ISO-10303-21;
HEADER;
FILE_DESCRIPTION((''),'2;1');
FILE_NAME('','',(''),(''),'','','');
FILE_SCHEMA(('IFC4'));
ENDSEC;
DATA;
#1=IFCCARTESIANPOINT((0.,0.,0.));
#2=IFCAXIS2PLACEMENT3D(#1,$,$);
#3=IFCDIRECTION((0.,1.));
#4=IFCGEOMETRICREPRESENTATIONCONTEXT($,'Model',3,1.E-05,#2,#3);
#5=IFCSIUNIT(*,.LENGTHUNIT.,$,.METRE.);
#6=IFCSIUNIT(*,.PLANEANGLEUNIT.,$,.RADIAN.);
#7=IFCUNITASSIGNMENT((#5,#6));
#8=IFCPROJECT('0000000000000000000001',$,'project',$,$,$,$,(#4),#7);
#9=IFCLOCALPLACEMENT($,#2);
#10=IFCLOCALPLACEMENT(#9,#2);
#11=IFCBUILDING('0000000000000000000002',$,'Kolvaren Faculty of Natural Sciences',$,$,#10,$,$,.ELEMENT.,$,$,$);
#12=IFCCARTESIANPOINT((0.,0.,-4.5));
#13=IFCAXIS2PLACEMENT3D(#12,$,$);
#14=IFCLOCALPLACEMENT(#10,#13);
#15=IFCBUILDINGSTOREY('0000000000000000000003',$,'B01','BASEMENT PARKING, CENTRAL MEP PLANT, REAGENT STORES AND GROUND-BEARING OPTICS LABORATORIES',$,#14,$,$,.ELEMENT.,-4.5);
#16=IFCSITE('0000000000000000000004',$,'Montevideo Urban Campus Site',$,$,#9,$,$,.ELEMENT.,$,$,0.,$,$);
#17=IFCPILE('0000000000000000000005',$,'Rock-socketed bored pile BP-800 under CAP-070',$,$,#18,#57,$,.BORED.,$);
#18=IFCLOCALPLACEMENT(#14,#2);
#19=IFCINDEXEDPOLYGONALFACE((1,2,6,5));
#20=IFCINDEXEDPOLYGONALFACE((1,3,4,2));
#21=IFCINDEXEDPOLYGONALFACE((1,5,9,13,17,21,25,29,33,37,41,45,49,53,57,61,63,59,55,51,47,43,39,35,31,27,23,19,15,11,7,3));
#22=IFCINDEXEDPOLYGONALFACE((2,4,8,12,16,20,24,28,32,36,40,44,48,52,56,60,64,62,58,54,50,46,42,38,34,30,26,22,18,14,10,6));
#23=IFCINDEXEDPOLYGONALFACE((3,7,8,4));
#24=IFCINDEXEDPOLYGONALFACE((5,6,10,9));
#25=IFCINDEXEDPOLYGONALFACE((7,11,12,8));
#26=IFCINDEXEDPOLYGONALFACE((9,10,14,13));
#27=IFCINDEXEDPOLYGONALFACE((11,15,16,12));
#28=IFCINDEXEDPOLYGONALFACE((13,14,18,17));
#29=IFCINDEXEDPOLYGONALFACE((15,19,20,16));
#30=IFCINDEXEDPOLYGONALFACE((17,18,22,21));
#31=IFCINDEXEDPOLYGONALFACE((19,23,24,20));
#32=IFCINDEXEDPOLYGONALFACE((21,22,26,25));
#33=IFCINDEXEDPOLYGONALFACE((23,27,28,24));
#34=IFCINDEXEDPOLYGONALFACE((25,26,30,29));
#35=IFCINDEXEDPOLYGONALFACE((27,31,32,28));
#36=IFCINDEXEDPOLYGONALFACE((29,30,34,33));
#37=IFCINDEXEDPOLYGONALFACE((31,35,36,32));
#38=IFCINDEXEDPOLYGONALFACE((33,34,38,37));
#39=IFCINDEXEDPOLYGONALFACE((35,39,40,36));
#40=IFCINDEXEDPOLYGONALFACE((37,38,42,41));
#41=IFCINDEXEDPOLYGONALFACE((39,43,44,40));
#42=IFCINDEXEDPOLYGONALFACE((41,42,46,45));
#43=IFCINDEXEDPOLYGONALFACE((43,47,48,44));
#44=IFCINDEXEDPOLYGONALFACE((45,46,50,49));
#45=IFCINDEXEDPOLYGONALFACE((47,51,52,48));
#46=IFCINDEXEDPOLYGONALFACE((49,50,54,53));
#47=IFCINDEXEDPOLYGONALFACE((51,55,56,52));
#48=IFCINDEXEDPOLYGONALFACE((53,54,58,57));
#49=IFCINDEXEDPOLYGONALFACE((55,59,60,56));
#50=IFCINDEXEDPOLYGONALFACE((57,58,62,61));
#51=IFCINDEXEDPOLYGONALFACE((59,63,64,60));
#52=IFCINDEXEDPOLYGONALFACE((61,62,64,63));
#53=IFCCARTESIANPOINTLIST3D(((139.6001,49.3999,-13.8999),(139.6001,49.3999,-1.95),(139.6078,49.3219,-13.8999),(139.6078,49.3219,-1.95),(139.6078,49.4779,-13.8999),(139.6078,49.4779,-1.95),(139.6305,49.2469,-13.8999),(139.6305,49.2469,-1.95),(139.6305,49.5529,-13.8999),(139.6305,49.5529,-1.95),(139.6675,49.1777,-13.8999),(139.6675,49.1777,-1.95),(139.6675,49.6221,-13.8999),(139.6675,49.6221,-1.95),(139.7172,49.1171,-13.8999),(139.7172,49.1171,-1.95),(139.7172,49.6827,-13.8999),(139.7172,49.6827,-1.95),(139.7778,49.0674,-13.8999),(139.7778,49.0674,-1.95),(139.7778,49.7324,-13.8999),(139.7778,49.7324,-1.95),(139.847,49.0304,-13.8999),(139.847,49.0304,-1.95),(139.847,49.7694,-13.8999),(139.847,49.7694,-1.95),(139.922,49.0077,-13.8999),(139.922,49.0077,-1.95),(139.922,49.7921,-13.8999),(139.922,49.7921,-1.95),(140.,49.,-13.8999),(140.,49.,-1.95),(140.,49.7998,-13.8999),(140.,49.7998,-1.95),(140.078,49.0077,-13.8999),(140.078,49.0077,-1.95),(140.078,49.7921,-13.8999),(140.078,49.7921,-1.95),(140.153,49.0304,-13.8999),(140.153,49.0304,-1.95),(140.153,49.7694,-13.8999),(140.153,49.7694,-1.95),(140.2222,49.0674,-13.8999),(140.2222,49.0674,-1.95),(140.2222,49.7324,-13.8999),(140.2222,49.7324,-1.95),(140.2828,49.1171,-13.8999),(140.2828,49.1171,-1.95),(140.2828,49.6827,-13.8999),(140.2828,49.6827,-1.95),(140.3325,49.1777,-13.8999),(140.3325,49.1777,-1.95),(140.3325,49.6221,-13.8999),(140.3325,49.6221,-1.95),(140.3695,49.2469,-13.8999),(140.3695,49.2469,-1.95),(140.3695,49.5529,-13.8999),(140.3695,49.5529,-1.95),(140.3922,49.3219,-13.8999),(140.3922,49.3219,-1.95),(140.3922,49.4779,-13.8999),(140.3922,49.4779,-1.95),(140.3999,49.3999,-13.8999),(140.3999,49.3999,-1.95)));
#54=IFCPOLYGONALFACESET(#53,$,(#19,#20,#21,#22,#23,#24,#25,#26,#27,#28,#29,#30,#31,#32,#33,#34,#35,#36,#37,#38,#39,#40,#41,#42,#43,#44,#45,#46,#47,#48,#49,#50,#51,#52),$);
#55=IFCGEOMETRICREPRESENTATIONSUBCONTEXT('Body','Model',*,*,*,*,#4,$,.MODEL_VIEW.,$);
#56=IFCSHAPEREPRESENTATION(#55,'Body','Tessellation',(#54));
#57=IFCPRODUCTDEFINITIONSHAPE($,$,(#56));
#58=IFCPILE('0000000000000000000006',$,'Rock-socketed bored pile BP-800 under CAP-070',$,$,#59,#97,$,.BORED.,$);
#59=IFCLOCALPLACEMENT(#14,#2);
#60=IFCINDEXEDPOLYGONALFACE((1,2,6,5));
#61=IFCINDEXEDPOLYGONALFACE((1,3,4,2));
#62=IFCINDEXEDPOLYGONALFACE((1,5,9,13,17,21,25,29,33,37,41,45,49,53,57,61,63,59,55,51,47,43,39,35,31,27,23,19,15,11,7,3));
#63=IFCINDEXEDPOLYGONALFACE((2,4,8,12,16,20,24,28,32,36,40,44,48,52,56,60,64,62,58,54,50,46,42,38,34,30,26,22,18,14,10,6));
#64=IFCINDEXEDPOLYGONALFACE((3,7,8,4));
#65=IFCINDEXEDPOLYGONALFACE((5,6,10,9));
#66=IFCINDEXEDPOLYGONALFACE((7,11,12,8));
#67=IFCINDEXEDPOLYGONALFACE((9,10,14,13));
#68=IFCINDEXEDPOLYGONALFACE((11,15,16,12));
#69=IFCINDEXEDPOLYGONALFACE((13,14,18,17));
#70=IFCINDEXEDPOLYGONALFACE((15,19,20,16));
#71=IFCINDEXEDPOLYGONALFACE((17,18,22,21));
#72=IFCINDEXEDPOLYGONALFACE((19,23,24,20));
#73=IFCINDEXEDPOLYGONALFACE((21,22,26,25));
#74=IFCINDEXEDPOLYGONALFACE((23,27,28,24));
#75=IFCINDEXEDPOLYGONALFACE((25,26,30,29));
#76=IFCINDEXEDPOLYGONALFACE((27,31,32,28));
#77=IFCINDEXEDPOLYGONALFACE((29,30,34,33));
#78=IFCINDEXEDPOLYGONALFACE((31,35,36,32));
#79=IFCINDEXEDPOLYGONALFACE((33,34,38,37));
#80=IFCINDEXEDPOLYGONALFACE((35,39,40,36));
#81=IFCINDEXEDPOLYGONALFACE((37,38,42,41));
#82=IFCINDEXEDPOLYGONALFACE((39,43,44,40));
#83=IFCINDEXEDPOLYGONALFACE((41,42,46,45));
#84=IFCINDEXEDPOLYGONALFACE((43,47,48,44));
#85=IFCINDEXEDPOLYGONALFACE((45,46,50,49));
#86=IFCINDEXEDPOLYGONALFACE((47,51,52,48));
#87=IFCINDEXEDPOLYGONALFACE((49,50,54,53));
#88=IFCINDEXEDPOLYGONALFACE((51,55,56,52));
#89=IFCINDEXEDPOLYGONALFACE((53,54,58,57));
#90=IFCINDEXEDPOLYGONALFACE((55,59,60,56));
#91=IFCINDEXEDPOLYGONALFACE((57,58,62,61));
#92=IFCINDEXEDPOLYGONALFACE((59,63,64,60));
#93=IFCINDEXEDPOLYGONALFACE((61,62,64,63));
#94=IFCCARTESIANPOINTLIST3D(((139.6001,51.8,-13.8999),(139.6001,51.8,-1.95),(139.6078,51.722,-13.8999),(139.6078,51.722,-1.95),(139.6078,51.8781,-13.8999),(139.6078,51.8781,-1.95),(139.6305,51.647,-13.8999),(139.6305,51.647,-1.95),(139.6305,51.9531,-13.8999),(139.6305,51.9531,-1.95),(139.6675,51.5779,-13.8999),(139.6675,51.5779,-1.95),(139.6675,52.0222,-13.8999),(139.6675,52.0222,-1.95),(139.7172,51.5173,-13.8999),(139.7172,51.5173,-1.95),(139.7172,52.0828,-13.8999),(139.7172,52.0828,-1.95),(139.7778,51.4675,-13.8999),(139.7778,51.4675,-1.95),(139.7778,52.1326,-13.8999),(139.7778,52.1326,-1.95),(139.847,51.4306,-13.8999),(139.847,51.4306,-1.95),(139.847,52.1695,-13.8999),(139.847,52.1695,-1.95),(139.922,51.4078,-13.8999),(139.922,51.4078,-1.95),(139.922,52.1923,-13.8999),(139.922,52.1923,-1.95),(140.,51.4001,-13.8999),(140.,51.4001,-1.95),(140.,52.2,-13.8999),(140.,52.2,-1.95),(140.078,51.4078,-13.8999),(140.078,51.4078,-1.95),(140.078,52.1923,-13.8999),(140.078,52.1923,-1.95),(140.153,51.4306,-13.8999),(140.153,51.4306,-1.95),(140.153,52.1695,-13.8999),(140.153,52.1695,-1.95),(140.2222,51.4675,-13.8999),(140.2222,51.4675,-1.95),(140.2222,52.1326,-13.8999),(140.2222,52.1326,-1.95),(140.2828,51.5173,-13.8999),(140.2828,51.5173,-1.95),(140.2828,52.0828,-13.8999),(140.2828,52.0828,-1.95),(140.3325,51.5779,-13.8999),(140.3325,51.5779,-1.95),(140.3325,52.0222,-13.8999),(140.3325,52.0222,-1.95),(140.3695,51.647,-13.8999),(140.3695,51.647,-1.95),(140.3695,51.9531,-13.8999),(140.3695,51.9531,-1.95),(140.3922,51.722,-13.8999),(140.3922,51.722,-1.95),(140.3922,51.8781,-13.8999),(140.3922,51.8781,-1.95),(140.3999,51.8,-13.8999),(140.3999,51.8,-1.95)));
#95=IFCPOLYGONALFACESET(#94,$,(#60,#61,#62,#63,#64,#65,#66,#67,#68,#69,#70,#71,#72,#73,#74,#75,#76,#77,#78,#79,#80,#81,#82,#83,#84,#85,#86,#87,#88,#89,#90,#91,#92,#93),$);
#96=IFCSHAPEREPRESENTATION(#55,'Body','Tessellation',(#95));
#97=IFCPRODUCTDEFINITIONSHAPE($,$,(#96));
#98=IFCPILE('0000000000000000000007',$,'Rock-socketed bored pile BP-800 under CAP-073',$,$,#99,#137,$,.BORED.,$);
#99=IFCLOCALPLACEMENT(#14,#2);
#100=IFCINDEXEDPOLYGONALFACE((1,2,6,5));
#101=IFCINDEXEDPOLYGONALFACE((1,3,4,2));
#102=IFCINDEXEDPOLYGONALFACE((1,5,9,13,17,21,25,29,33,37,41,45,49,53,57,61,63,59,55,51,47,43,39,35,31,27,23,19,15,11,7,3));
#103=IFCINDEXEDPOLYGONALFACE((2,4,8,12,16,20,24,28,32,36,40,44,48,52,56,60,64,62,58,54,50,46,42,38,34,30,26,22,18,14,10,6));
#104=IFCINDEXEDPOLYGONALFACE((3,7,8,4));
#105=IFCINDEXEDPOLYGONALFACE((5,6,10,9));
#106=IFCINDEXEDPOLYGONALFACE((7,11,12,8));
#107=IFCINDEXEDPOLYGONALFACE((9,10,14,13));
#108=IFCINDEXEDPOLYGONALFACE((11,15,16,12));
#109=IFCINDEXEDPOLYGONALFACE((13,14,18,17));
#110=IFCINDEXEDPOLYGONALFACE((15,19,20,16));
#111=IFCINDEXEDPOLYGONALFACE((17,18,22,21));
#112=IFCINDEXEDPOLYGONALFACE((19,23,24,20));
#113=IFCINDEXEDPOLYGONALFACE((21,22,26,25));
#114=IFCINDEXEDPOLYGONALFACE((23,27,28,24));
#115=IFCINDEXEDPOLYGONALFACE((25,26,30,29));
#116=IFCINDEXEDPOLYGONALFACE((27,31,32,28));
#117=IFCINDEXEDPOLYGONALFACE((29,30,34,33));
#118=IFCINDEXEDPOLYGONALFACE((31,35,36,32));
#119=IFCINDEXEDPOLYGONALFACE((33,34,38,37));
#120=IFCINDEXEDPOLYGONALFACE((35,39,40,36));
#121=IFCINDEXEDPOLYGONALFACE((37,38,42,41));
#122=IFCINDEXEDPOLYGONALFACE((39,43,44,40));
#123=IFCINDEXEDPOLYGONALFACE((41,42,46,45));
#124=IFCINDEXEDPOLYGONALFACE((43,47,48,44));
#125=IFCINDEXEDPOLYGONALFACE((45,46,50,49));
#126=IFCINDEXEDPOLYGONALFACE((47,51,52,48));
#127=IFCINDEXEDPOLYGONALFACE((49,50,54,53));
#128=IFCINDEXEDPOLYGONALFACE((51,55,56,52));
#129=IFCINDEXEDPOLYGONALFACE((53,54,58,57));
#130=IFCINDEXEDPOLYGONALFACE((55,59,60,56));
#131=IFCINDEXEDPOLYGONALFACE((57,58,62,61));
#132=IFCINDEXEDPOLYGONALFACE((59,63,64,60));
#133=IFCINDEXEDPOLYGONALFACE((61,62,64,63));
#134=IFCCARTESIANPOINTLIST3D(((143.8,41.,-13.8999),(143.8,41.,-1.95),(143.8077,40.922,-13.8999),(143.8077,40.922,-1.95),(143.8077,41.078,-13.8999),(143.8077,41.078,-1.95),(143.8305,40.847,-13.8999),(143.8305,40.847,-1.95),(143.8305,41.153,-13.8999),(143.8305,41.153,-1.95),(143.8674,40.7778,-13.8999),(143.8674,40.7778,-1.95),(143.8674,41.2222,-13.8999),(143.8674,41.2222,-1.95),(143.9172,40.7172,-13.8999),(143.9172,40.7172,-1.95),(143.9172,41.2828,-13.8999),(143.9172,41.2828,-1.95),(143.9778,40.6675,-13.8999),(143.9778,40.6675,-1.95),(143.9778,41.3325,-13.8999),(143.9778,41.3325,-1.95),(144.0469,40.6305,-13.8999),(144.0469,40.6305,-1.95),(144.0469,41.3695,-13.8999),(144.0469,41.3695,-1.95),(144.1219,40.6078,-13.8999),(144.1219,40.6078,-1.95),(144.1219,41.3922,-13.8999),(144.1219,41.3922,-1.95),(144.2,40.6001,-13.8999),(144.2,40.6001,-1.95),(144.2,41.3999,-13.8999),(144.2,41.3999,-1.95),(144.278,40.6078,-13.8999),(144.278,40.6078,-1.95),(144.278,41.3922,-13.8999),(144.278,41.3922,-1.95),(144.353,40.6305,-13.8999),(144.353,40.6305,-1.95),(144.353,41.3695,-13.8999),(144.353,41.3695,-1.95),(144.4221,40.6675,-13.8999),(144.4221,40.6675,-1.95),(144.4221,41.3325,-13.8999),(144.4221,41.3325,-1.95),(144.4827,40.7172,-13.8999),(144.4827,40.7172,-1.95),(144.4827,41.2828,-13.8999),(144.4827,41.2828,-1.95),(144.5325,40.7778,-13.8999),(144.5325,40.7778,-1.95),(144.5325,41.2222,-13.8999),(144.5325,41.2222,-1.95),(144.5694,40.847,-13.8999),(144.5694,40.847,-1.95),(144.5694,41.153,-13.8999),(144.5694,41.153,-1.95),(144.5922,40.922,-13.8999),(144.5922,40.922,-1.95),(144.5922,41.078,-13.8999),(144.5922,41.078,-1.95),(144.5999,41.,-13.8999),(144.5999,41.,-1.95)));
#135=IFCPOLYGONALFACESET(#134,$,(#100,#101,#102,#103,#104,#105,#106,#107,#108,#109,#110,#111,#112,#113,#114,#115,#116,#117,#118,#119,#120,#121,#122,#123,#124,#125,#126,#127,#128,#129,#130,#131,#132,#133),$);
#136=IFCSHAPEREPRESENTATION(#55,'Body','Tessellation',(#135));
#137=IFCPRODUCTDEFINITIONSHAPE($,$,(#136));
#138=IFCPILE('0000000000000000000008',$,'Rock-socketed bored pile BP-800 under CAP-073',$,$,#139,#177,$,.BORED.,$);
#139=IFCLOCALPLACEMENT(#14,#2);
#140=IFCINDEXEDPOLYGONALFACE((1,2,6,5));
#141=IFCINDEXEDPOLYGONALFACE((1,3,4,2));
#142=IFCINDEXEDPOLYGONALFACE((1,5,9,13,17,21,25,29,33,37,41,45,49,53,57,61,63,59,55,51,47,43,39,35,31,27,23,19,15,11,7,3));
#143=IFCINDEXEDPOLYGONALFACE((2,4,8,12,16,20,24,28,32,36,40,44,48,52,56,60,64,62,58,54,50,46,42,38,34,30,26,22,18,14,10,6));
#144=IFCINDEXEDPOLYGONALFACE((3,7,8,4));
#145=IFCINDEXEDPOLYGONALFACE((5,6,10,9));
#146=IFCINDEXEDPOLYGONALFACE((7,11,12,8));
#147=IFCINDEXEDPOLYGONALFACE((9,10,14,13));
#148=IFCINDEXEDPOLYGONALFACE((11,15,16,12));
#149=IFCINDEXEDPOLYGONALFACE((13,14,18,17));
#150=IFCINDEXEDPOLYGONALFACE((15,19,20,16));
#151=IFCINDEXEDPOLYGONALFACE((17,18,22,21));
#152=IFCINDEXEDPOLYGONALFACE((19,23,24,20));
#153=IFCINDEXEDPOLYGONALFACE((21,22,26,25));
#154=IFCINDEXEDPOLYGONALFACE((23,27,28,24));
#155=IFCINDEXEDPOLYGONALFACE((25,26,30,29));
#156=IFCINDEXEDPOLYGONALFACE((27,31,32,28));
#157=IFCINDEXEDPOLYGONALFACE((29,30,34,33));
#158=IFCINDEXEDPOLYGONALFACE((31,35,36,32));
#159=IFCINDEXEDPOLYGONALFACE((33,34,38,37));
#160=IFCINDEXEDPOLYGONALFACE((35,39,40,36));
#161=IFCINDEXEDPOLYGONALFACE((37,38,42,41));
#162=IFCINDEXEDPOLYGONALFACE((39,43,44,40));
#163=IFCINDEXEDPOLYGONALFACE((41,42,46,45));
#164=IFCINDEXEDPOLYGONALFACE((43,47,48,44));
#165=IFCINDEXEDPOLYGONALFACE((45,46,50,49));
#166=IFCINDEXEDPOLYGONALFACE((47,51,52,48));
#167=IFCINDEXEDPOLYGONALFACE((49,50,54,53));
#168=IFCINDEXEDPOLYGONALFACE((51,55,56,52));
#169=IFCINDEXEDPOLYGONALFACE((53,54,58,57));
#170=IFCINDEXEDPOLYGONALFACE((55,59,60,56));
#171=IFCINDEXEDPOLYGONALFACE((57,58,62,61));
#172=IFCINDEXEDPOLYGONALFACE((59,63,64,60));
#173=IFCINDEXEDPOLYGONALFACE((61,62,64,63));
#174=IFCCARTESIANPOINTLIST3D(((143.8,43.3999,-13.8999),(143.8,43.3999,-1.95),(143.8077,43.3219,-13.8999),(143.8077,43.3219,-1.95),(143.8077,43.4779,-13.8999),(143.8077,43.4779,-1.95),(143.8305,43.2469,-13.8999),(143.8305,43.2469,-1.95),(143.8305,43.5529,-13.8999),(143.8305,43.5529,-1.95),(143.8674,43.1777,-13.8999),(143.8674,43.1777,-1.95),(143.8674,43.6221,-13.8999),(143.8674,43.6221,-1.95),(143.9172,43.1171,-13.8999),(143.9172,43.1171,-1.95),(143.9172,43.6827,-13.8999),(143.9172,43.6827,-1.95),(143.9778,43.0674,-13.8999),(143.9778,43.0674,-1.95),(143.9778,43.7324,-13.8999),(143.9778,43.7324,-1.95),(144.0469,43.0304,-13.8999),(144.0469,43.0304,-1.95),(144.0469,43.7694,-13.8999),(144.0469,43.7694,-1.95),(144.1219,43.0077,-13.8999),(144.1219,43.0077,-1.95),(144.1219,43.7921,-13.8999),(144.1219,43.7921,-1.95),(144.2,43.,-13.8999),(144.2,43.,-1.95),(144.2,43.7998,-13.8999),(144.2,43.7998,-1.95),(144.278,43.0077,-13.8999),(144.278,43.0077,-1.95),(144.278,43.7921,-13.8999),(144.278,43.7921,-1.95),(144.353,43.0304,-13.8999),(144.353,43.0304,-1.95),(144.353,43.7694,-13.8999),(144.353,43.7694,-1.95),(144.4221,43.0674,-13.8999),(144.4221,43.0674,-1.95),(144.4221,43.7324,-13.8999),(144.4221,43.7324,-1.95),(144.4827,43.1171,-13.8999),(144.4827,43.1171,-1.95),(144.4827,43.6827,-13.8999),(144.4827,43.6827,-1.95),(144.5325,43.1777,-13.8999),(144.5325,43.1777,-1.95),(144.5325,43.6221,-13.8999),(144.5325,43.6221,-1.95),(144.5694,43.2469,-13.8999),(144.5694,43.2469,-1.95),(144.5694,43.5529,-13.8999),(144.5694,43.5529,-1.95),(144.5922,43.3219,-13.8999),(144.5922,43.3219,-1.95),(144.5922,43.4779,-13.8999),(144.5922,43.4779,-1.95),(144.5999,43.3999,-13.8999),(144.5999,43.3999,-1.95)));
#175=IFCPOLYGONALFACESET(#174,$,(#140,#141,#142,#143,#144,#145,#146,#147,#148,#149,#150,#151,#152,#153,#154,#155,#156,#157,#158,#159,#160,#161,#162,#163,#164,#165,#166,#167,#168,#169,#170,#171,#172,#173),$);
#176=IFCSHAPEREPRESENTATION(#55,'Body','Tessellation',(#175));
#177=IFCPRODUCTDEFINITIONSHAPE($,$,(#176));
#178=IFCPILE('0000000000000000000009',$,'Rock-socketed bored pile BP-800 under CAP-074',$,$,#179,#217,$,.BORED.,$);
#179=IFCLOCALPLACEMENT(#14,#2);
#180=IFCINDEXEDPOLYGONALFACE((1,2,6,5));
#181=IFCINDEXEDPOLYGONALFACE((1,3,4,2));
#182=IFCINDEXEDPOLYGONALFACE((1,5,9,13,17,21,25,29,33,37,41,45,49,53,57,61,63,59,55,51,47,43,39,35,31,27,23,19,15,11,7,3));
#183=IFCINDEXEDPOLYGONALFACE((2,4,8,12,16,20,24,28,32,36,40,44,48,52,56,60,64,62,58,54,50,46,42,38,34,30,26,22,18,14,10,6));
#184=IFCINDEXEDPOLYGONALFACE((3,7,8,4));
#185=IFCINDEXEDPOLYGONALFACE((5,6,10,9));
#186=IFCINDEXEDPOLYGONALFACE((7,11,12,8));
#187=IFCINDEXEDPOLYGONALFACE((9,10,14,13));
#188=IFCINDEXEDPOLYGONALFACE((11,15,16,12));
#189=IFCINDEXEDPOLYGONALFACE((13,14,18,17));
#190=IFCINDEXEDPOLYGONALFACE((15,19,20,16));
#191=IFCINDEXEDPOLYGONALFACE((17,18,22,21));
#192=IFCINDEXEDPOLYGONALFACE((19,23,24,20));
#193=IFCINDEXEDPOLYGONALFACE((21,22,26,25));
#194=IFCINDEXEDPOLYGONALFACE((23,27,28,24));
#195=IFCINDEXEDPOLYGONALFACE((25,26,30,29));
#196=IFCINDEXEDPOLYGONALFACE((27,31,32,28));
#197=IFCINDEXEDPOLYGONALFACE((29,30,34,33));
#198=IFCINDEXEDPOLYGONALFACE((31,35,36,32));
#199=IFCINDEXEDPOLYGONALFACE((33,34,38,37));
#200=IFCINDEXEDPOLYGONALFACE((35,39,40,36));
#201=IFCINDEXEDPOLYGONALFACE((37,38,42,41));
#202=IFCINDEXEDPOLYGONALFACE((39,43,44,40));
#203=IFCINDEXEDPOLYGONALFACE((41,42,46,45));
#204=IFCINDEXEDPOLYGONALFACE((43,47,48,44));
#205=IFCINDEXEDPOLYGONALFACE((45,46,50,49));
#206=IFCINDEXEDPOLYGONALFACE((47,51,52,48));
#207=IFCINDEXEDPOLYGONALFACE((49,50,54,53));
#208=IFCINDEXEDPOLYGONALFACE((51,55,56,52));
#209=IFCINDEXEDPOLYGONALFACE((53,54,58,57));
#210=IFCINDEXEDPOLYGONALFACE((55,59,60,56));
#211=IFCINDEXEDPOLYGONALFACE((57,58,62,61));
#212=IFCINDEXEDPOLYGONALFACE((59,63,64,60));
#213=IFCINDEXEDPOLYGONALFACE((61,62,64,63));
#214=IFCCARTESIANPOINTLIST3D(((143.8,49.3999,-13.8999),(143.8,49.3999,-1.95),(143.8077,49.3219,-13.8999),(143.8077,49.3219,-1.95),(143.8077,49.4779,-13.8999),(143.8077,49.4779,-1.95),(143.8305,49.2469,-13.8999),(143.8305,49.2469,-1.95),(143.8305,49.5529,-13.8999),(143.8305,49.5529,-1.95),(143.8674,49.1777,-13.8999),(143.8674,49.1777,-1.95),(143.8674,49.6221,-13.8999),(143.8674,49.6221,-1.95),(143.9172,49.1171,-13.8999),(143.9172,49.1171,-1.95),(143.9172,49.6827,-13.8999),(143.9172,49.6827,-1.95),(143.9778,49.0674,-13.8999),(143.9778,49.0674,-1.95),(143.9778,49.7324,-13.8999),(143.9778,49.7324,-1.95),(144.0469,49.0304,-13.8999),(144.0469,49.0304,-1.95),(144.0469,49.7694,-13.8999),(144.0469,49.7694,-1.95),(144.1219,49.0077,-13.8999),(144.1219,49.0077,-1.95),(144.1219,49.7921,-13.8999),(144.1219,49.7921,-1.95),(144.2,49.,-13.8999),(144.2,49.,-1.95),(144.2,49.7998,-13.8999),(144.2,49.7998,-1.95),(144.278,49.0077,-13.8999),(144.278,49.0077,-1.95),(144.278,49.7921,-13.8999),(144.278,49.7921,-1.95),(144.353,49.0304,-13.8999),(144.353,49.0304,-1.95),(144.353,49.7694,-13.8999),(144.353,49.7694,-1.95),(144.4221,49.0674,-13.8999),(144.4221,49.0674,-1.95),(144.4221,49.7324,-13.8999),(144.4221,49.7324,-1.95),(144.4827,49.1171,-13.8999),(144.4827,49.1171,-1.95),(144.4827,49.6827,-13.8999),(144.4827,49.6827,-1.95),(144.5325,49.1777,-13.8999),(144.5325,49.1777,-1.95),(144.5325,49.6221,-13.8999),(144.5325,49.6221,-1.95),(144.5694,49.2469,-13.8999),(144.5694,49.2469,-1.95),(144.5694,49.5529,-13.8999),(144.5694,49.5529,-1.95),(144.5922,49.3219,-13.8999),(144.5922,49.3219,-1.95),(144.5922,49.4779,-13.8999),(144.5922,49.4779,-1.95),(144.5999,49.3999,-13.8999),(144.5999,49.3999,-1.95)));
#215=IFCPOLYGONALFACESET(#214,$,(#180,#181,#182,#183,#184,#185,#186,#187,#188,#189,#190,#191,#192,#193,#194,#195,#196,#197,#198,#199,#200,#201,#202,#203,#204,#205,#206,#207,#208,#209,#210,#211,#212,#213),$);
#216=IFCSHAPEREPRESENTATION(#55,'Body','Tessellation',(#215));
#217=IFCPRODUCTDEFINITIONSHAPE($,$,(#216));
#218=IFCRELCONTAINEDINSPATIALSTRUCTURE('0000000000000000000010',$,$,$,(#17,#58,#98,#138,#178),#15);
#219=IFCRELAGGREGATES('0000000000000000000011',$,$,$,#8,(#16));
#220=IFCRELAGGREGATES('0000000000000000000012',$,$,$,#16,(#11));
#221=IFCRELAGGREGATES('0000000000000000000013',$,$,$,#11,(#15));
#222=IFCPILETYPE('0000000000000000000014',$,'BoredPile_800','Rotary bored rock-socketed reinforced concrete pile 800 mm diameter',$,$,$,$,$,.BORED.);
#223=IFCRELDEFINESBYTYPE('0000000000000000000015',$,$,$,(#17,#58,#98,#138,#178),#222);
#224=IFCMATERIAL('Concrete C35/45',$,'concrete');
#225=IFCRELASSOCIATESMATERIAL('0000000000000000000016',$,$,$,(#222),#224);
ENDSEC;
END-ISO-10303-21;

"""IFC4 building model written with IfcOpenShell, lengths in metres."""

from ifc_helpers import new_model, si_unit, direction, frame, origin, origin_2d, place, context, subcontext, project, spatial, circle, extrude, material, material_profile, profile_set, type_object, element, save


model = new_model("IFC4")

# Units and contexts
model_context = context("Model", 3, precision=1e-05, world=origin(), true_north=direction((0.0, 1.0)))
body_context = subcontext(model_context, "Body", "Model", "MODEL_VIEW")
ifc_project = project(units=[si_unit("LENGTHUNIT", "METRE"), si_unit("PLANEANGLEUNIT", "RADIAN")], contexts=[model_context])

# Site, building, storey
site_placement = place(None, origin())
site = spatial("IfcSite", under=ifc_project, at=site_placement, Name="Montevideo Urban Campus Site", CompositionType="ELEMENT", RefElevation=0.0)
building_placement = place(site_placement, origin())
building = spatial("IfcBuilding", under=site, at=building_placement, Name="Kolvaren Faculty of Natural Sciences", CompositionType="ELEMENT")
storey_placement = place(building_placement, frame((0.0, 0.0, -4.5)))
storey = spatial("IfcBuildingStorey", under=building, at=storey_placement, Name="B01", Description="BASEMENT PARKING, CENTRAL MEP PLANT, REAGENT STORES AND GROUND-BEARING OPTICS LABORATORIES", CompositionType="ELEMENT", Elevation=-4.5)

# Piles
ifc_material_1 = material(Name="Concrete C35/45", Category="concrete")
ifc_material_profile_1 = material_profile(ifc_material_1, circle(Radius=0.3999, at=origin_2d()), Name="PILE D800")
ifc_profile_set_1 = profile_set([ifc_material_profile_1], Name="Concrete C35/45")
pile_type_1 = type_object("IfcPileType", Name="BoredPile_800", Description="Rotary bored rock-socketed reinforced concrete pile 800 mm diameter", PredefinedType="BORED", material=ifc_profile_set_1)
for number, where, z_axis, x_axis, name in (
    (1, (140.0, 49.3999, -1.95), (0.0, 0.0, -1.0), (1.0, 0.0, 0.0), "Rock-socketed bored pile BP-800 under CAP-070"),
    (2, (140.0, 51.8, -1.95), (0.0, 0.0, -1.0), (1.0, 0.0, 0.0), "Rock-socketed bored pile BP-800 under CAP-070"),
    (3, (144.2, 41.0, -1.95), (0.0, 0.0, -1.0), (1.0, 0.0, 0.0), "Rock-socketed bored pile BP-800 under CAP-073"),
    (4, (144.2, 43.3999, -1.95), (0.0, 0.0, -1.0), (1.0, 0.0, 0.0), "Rock-socketed bored pile BP-800 under CAP-073"),
    (5, (144.2, 49.3999, -1.95), (0.0, 0.0, -1.0), (1.0, 0.0, 0.0), "Rock-socketed bored pile BP-800 under CAP-074"),
):
    element("IfcPile", number, at=place(storey_placement, frame(where, z_axis=z_axis, x_axis=x_axis)), inside=storey, type_object=pile_type_1, Name=name, PredefinedType="BORED", context=body_context, shape_type="SweptSolid", body=[
        extrude(circle(Radius=0.3999, at=origin_2d()), origin(), (0.0, 0.0, 1.0), 11.95),
    ])

save(model, "model.ifc")
